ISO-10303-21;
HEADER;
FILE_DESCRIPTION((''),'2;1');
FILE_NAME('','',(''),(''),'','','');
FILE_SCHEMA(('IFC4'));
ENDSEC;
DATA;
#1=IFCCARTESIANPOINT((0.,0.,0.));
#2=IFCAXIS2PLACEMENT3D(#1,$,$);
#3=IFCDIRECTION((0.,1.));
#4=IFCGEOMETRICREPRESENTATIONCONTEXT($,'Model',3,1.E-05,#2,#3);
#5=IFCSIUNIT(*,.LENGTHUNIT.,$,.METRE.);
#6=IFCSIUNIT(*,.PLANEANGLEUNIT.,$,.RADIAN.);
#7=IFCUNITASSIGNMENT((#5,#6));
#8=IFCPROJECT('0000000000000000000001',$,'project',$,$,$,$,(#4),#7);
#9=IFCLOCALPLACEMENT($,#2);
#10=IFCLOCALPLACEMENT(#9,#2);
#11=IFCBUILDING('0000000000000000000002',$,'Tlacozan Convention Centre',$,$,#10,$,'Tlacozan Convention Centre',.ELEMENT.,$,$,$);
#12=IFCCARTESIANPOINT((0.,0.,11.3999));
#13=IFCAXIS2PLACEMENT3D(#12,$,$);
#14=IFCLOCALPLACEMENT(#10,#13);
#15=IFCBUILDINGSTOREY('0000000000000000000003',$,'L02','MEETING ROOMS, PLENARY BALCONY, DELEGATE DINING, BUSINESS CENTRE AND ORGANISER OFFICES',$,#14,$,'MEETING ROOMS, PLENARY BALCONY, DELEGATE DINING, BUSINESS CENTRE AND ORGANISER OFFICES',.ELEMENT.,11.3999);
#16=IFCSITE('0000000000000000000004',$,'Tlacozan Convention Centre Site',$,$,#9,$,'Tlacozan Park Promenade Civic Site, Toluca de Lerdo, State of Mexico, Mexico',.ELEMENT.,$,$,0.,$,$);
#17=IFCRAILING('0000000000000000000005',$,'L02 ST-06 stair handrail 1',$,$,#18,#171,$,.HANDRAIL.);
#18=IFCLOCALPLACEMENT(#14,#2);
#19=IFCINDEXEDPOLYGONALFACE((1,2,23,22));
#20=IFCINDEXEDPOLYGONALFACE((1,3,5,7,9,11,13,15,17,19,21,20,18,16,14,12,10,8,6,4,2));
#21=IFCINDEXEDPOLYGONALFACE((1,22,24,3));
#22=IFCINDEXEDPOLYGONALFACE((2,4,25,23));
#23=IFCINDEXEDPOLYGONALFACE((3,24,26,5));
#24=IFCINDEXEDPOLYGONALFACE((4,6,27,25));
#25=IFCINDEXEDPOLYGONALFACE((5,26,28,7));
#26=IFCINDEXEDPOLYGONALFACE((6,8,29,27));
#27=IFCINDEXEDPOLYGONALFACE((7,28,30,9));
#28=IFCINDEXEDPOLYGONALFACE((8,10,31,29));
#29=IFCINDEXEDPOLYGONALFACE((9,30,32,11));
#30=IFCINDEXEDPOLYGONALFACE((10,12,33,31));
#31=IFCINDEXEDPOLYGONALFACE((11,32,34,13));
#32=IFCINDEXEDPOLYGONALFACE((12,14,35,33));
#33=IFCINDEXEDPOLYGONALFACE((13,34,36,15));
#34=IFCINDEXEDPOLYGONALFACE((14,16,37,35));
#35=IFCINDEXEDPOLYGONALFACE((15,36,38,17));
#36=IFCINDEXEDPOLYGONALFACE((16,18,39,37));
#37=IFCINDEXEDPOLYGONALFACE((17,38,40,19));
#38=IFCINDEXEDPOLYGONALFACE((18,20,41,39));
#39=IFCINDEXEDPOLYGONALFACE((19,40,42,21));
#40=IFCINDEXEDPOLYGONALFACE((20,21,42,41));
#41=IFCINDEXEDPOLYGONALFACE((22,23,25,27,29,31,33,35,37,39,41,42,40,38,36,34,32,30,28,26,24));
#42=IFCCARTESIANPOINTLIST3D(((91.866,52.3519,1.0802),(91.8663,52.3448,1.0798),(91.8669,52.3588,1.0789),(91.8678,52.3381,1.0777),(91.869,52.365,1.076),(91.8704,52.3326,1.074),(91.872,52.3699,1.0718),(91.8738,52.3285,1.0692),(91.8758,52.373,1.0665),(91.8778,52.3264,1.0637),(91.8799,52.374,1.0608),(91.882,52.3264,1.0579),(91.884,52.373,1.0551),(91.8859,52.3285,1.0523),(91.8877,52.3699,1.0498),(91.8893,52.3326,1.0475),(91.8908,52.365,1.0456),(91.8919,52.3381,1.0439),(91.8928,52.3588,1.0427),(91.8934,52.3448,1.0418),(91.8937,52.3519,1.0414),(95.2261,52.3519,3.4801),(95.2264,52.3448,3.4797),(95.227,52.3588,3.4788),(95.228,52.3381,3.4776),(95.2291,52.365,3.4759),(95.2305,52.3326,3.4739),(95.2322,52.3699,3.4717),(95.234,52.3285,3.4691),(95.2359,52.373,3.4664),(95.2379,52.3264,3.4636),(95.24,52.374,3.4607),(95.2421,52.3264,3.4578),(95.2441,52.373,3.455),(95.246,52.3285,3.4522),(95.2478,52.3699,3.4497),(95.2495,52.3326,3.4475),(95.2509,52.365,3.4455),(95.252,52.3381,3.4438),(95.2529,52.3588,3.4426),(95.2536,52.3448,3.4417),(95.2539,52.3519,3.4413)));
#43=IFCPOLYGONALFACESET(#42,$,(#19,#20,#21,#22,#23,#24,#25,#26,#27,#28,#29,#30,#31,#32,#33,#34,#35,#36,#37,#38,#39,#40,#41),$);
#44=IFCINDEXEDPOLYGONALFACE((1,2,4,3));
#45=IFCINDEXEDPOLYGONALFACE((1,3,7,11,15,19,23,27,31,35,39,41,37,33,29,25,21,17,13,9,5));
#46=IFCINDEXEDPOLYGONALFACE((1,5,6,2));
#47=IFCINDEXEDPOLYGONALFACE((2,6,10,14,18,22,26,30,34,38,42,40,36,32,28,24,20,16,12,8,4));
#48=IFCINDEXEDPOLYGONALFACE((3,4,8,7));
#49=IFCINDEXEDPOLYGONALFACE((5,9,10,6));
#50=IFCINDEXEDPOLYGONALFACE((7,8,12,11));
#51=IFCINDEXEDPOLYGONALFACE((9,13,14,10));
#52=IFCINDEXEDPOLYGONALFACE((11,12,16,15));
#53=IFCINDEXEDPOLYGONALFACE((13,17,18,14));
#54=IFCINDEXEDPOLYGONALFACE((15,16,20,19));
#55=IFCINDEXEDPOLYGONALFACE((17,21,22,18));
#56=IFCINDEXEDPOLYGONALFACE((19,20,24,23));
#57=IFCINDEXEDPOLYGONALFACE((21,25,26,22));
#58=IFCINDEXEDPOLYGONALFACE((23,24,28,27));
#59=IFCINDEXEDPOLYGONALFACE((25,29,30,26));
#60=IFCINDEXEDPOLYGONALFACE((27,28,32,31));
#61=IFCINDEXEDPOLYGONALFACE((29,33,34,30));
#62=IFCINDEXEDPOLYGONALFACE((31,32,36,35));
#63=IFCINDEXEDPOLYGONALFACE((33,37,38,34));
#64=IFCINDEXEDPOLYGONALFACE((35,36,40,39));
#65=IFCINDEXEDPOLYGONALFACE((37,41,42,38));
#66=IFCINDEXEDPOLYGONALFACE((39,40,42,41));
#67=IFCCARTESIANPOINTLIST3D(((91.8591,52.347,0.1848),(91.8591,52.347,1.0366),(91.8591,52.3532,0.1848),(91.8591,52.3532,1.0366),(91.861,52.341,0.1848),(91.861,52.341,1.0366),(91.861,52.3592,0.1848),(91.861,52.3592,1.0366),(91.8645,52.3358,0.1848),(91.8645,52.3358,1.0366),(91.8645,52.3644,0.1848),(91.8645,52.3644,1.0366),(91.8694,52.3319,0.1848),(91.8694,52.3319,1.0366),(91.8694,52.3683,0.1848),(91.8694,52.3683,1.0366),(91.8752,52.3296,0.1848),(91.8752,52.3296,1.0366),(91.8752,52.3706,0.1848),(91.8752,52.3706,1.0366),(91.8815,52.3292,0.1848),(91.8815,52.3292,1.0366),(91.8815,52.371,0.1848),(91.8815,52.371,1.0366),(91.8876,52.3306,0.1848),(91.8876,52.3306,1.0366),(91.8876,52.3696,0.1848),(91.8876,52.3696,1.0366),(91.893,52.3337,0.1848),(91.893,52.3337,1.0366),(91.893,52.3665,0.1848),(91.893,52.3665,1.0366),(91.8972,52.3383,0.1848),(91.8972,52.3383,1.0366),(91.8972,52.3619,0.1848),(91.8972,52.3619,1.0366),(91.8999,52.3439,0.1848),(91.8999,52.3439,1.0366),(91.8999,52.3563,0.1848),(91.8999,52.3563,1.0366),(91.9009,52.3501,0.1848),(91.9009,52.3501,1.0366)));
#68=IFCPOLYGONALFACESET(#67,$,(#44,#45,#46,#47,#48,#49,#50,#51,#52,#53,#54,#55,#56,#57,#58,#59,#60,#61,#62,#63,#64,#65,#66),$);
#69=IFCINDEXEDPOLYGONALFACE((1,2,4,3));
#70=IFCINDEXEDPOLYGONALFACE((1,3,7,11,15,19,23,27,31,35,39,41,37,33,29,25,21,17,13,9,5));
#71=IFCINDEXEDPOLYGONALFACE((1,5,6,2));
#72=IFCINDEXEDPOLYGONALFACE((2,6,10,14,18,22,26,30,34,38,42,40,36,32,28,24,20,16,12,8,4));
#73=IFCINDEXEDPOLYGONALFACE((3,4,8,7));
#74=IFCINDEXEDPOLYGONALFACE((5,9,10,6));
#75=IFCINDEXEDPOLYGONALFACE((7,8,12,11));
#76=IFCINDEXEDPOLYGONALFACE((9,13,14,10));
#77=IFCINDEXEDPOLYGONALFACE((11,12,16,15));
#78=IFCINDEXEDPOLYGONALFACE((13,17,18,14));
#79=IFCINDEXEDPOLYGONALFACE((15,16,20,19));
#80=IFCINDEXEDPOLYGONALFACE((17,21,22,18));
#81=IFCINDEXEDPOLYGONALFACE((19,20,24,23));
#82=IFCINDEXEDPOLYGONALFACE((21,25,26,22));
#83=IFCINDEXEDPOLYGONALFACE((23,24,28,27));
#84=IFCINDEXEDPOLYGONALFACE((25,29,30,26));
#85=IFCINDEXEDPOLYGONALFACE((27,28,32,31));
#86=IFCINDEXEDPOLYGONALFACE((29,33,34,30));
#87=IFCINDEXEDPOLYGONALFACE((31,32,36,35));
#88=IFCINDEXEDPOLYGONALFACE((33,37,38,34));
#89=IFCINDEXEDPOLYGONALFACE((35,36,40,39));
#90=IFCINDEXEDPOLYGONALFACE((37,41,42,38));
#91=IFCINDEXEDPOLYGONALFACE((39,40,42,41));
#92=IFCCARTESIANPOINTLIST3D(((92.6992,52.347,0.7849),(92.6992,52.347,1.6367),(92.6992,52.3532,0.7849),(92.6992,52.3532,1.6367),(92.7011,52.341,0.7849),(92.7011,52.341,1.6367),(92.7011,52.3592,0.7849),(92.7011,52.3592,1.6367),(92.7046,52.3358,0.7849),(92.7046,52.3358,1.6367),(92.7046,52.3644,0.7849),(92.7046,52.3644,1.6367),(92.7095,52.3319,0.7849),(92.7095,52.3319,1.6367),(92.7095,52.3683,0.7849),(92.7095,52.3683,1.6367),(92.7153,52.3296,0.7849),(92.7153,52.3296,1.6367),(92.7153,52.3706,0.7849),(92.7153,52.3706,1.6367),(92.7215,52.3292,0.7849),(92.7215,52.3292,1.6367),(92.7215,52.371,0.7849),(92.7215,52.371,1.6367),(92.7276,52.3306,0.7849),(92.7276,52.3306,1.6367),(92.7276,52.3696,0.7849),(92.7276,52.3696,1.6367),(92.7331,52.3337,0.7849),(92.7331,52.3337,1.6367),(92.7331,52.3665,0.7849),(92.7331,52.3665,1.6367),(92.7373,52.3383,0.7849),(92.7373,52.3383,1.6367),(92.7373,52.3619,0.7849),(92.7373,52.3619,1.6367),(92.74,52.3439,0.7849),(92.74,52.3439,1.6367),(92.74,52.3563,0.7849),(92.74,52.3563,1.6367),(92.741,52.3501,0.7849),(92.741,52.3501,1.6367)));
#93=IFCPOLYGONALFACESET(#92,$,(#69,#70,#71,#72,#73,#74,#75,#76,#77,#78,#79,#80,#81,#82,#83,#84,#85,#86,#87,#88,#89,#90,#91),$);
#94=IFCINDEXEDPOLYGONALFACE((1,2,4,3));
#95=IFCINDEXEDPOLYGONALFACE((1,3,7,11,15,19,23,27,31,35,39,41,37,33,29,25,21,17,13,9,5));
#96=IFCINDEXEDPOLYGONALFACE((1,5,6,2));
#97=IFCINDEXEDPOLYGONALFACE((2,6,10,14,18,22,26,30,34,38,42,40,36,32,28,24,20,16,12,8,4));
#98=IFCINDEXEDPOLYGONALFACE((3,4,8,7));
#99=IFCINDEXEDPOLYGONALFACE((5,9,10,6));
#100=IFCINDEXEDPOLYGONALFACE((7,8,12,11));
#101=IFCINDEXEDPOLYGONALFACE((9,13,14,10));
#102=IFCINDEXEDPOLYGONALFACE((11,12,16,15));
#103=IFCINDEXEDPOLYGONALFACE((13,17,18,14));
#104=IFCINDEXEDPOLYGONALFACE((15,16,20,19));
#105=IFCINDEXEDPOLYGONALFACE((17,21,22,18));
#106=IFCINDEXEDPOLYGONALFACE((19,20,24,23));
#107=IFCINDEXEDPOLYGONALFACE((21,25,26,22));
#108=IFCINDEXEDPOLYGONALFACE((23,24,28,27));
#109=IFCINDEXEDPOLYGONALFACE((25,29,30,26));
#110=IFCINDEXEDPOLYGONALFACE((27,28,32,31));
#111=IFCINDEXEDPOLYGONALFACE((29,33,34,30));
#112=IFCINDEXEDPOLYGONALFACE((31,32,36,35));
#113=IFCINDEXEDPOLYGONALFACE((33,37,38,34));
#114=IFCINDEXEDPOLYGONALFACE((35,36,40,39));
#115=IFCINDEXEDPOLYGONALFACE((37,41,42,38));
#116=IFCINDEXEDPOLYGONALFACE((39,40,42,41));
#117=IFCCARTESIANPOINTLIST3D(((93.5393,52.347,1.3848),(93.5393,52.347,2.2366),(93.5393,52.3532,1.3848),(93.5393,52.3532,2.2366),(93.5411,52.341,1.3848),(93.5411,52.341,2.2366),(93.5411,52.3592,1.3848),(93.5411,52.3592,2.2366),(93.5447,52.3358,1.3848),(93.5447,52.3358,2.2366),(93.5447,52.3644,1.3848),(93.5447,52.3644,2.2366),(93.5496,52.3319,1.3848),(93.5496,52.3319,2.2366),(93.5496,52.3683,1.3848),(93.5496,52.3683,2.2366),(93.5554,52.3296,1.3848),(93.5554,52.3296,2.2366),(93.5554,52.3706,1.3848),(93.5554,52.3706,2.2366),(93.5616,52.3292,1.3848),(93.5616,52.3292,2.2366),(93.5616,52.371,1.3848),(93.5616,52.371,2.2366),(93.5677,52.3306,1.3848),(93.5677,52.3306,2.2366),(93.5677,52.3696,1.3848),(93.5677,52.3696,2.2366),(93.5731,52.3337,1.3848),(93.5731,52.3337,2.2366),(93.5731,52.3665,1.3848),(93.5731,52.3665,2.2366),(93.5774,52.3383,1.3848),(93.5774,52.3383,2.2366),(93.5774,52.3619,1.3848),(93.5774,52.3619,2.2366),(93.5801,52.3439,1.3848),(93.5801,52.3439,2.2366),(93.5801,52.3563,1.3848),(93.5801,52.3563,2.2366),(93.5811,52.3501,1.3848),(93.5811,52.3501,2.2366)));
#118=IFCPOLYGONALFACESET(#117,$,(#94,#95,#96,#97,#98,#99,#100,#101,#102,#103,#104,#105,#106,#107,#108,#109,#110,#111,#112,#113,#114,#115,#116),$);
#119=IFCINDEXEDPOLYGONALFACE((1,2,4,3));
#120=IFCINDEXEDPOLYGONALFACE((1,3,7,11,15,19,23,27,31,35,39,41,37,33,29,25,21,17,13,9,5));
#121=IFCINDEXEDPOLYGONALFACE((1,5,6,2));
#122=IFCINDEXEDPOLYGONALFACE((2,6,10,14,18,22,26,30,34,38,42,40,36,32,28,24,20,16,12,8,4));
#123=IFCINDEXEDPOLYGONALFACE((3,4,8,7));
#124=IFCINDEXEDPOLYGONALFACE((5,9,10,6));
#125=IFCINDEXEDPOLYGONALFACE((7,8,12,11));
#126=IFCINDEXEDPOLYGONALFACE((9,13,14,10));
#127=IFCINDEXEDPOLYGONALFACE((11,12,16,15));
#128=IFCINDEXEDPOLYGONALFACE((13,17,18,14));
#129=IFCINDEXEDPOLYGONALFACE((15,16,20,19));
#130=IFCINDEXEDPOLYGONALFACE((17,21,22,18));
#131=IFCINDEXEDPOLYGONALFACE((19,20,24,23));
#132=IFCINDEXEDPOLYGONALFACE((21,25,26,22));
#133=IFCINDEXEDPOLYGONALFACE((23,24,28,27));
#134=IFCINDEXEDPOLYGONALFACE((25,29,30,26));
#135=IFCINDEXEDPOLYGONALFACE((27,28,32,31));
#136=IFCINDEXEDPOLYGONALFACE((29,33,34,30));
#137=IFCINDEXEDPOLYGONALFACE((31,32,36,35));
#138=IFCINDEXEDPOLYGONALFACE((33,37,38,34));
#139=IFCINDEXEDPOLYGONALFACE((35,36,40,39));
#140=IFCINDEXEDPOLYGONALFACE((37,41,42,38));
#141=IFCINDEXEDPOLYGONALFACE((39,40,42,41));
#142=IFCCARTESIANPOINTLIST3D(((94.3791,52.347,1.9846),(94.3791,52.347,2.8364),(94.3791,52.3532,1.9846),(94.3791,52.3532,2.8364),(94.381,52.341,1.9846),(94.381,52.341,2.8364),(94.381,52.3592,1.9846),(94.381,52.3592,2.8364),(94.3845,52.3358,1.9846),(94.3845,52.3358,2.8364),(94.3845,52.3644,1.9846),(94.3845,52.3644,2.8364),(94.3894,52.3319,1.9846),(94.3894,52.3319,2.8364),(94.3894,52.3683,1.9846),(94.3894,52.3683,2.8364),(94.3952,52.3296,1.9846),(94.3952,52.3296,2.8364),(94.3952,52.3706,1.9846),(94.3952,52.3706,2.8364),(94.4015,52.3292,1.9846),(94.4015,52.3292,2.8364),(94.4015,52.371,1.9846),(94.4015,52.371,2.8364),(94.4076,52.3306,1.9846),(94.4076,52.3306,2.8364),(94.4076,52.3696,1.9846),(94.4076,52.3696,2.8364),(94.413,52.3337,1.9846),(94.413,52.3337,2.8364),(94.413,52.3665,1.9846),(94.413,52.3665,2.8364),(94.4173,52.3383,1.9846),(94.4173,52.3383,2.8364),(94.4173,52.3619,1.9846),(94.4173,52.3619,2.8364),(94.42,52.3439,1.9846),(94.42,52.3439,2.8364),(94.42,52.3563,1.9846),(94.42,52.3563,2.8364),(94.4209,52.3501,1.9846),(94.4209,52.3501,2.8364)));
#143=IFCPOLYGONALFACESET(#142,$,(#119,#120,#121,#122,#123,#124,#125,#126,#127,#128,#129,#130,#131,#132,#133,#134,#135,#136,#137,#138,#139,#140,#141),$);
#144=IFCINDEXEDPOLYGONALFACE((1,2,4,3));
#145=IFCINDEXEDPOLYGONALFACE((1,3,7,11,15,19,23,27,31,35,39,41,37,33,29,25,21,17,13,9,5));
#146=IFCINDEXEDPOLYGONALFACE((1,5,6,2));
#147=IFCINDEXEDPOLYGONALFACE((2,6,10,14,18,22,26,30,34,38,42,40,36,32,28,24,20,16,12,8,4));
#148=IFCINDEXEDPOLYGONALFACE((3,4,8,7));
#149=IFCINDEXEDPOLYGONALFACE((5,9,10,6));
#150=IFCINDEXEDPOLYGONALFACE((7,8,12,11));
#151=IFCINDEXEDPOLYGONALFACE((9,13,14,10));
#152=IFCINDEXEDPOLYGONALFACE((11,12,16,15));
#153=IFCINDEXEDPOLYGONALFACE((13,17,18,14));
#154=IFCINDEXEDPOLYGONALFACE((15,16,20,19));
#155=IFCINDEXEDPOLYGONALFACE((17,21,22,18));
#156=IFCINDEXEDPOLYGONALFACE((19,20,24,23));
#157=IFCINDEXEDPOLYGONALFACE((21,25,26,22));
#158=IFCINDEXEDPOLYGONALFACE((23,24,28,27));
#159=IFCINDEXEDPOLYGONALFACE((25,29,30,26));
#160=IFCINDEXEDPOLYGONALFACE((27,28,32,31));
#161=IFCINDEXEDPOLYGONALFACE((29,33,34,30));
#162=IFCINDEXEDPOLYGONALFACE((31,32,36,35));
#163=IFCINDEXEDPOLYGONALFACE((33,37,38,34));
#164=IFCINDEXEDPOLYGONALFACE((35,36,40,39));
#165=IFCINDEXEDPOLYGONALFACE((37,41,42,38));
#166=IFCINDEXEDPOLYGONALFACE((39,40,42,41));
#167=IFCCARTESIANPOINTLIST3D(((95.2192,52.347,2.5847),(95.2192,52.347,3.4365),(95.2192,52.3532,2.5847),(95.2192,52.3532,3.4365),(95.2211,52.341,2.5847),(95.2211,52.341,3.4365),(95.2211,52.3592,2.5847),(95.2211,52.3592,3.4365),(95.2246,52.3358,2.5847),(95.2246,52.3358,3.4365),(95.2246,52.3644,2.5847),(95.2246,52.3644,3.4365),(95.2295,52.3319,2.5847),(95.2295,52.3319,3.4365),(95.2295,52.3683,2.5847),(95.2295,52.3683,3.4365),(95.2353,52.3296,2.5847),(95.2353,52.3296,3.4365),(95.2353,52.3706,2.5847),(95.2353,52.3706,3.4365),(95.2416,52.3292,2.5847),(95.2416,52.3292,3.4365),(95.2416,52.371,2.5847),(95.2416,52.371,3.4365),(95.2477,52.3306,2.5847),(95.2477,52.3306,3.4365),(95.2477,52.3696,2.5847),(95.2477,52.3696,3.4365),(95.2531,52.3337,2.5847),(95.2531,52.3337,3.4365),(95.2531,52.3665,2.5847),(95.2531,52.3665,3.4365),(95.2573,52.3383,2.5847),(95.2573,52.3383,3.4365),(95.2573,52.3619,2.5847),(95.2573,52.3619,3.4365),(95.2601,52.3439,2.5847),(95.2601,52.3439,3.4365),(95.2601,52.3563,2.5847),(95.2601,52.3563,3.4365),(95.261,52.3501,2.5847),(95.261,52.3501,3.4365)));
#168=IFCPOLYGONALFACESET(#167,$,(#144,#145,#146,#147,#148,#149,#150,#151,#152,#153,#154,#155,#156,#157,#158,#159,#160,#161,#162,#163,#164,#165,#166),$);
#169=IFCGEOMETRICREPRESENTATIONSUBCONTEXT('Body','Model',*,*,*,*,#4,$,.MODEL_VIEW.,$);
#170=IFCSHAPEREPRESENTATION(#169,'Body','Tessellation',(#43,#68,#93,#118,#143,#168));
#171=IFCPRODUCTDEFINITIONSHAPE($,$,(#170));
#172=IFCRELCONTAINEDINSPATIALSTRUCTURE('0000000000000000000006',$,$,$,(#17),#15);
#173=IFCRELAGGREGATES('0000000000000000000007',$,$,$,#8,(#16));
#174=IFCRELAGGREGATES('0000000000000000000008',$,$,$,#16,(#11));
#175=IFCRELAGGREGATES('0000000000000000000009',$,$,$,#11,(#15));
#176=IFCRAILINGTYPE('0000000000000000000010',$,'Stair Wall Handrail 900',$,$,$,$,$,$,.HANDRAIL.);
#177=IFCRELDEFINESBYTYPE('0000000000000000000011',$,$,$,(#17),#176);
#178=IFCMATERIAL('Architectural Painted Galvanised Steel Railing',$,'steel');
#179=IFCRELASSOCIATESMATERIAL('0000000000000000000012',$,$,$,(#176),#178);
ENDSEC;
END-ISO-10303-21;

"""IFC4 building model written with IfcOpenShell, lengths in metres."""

from ifc_helpers import new_model, si_unit, direction, frame, origin, origin_2d, place, context, subcontext, project, spatial, circle, extrude, material, type_object, element, save


model = new_model("IFC4")

# Units and contexts
model_context = context("Model", 3, precision=1e-05, world=origin(), true_north=direction((0.0, 1.0)))
body_context = subcontext(model_context, "Body", "Model", "MODEL_VIEW")
ifc_project = project(units=[si_unit("LENGTHUNIT", "METRE"), si_unit("PLANEANGLEUNIT", "RADIAN")], contexts=[model_context])

# Site, building, storey
site_placement = place(None, origin())
site = spatial("IfcSite", under=ifc_project, at=site_placement, Name="Tlacozan Convention Centre Site", LongName="Tlacozan Park Promenade Civic Site, Toluca de Lerdo, State of Mexico, Mexico", CompositionType="ELEMENT", RefElevation=0.0)
building_placement = place(site_placement, origin())
building = spatial("IfcBuilding", under=site, at=building_placement, Name="Tlacozan Convention Centre", LongName="Tlacozan Convention Centre", CompositionType="ELEMENT")
storey_placement = place(building_placement, frame((0.0, 0.0, 11.3999)))
storey = spatial("IfcBuildingStorey", under=building, at=storey_placement, Name="L02", Description="MEETING ROOMS, PLENARY BALCONY, DELEGATE DINING, BUSINESS CENTRE AND ORGANISER OFFICES", LongName="MEETING ROOMS, PLENARY BALCONY, DELEGATE DINING, BUSINESS CENTRE AND ORGANISER OFFICES", CompositionType="ELEMENT", Elevation=11.3999)

# Railing
ifc_material_1 = material(Name="Architectural Painted Galvanised Steel Railing", Category="steel")
railing_type_1 = type_object("IfcRailingType", Name="Stair Wall Handrail 900", PredefinedType="HANDRAIL", material=ifc_material_1)
railing_1_placement = place(storey_placement, frame((91.8799, 52.3501, 0.1848)))
element("IfcRailing", 1, at=railing_1_placement, inside=storey, type_object=railing_type_1, Name="L02 ST-06 stair handrail 1", PredefinedType="HANDRAIL", context=body_context, shape_type="SweptSolid", body=[
    extrude(circle(Radius=0.0239, at=origin_2d()), frame((0.0, 0.0, 0.876), z_axis=(0.813753, 0.0, 0.58121), x_axis=(0.0, 1.0, 0.0)), (0.0, 0.0, 1.0), 4.1292),
    extrude(circle(Radius=0.021, at=origin_2d()), origin(), (0.0, 0.0, 1.0), 0.8518),
    extrude(circle(Radius=0.021, at=origin_2d()), frame((0.8401, 0.0, 0.6001)), (0.0, 0.0, 1.0), 0.8518),
    extrude(circle(Radius=0.021, at=origin_2d()), frame((1.6802, 0.0, 1.2)), (0.0, 0.0, 1.0), 0.8518),
    extrude(circle(Radius=0.021, at=origin_2d()), frame((2.52, 0.0, 1.7998)), (0.0, 0.0, 1.0), 0.8518),
    extrude(circle(Radius=0.021, at=origin_2d()), frame((3.3601, 0.0, 2.3999)), (0.0, 0.0, 1.0), 0.8518),
])

save(model, "model.ifc")
